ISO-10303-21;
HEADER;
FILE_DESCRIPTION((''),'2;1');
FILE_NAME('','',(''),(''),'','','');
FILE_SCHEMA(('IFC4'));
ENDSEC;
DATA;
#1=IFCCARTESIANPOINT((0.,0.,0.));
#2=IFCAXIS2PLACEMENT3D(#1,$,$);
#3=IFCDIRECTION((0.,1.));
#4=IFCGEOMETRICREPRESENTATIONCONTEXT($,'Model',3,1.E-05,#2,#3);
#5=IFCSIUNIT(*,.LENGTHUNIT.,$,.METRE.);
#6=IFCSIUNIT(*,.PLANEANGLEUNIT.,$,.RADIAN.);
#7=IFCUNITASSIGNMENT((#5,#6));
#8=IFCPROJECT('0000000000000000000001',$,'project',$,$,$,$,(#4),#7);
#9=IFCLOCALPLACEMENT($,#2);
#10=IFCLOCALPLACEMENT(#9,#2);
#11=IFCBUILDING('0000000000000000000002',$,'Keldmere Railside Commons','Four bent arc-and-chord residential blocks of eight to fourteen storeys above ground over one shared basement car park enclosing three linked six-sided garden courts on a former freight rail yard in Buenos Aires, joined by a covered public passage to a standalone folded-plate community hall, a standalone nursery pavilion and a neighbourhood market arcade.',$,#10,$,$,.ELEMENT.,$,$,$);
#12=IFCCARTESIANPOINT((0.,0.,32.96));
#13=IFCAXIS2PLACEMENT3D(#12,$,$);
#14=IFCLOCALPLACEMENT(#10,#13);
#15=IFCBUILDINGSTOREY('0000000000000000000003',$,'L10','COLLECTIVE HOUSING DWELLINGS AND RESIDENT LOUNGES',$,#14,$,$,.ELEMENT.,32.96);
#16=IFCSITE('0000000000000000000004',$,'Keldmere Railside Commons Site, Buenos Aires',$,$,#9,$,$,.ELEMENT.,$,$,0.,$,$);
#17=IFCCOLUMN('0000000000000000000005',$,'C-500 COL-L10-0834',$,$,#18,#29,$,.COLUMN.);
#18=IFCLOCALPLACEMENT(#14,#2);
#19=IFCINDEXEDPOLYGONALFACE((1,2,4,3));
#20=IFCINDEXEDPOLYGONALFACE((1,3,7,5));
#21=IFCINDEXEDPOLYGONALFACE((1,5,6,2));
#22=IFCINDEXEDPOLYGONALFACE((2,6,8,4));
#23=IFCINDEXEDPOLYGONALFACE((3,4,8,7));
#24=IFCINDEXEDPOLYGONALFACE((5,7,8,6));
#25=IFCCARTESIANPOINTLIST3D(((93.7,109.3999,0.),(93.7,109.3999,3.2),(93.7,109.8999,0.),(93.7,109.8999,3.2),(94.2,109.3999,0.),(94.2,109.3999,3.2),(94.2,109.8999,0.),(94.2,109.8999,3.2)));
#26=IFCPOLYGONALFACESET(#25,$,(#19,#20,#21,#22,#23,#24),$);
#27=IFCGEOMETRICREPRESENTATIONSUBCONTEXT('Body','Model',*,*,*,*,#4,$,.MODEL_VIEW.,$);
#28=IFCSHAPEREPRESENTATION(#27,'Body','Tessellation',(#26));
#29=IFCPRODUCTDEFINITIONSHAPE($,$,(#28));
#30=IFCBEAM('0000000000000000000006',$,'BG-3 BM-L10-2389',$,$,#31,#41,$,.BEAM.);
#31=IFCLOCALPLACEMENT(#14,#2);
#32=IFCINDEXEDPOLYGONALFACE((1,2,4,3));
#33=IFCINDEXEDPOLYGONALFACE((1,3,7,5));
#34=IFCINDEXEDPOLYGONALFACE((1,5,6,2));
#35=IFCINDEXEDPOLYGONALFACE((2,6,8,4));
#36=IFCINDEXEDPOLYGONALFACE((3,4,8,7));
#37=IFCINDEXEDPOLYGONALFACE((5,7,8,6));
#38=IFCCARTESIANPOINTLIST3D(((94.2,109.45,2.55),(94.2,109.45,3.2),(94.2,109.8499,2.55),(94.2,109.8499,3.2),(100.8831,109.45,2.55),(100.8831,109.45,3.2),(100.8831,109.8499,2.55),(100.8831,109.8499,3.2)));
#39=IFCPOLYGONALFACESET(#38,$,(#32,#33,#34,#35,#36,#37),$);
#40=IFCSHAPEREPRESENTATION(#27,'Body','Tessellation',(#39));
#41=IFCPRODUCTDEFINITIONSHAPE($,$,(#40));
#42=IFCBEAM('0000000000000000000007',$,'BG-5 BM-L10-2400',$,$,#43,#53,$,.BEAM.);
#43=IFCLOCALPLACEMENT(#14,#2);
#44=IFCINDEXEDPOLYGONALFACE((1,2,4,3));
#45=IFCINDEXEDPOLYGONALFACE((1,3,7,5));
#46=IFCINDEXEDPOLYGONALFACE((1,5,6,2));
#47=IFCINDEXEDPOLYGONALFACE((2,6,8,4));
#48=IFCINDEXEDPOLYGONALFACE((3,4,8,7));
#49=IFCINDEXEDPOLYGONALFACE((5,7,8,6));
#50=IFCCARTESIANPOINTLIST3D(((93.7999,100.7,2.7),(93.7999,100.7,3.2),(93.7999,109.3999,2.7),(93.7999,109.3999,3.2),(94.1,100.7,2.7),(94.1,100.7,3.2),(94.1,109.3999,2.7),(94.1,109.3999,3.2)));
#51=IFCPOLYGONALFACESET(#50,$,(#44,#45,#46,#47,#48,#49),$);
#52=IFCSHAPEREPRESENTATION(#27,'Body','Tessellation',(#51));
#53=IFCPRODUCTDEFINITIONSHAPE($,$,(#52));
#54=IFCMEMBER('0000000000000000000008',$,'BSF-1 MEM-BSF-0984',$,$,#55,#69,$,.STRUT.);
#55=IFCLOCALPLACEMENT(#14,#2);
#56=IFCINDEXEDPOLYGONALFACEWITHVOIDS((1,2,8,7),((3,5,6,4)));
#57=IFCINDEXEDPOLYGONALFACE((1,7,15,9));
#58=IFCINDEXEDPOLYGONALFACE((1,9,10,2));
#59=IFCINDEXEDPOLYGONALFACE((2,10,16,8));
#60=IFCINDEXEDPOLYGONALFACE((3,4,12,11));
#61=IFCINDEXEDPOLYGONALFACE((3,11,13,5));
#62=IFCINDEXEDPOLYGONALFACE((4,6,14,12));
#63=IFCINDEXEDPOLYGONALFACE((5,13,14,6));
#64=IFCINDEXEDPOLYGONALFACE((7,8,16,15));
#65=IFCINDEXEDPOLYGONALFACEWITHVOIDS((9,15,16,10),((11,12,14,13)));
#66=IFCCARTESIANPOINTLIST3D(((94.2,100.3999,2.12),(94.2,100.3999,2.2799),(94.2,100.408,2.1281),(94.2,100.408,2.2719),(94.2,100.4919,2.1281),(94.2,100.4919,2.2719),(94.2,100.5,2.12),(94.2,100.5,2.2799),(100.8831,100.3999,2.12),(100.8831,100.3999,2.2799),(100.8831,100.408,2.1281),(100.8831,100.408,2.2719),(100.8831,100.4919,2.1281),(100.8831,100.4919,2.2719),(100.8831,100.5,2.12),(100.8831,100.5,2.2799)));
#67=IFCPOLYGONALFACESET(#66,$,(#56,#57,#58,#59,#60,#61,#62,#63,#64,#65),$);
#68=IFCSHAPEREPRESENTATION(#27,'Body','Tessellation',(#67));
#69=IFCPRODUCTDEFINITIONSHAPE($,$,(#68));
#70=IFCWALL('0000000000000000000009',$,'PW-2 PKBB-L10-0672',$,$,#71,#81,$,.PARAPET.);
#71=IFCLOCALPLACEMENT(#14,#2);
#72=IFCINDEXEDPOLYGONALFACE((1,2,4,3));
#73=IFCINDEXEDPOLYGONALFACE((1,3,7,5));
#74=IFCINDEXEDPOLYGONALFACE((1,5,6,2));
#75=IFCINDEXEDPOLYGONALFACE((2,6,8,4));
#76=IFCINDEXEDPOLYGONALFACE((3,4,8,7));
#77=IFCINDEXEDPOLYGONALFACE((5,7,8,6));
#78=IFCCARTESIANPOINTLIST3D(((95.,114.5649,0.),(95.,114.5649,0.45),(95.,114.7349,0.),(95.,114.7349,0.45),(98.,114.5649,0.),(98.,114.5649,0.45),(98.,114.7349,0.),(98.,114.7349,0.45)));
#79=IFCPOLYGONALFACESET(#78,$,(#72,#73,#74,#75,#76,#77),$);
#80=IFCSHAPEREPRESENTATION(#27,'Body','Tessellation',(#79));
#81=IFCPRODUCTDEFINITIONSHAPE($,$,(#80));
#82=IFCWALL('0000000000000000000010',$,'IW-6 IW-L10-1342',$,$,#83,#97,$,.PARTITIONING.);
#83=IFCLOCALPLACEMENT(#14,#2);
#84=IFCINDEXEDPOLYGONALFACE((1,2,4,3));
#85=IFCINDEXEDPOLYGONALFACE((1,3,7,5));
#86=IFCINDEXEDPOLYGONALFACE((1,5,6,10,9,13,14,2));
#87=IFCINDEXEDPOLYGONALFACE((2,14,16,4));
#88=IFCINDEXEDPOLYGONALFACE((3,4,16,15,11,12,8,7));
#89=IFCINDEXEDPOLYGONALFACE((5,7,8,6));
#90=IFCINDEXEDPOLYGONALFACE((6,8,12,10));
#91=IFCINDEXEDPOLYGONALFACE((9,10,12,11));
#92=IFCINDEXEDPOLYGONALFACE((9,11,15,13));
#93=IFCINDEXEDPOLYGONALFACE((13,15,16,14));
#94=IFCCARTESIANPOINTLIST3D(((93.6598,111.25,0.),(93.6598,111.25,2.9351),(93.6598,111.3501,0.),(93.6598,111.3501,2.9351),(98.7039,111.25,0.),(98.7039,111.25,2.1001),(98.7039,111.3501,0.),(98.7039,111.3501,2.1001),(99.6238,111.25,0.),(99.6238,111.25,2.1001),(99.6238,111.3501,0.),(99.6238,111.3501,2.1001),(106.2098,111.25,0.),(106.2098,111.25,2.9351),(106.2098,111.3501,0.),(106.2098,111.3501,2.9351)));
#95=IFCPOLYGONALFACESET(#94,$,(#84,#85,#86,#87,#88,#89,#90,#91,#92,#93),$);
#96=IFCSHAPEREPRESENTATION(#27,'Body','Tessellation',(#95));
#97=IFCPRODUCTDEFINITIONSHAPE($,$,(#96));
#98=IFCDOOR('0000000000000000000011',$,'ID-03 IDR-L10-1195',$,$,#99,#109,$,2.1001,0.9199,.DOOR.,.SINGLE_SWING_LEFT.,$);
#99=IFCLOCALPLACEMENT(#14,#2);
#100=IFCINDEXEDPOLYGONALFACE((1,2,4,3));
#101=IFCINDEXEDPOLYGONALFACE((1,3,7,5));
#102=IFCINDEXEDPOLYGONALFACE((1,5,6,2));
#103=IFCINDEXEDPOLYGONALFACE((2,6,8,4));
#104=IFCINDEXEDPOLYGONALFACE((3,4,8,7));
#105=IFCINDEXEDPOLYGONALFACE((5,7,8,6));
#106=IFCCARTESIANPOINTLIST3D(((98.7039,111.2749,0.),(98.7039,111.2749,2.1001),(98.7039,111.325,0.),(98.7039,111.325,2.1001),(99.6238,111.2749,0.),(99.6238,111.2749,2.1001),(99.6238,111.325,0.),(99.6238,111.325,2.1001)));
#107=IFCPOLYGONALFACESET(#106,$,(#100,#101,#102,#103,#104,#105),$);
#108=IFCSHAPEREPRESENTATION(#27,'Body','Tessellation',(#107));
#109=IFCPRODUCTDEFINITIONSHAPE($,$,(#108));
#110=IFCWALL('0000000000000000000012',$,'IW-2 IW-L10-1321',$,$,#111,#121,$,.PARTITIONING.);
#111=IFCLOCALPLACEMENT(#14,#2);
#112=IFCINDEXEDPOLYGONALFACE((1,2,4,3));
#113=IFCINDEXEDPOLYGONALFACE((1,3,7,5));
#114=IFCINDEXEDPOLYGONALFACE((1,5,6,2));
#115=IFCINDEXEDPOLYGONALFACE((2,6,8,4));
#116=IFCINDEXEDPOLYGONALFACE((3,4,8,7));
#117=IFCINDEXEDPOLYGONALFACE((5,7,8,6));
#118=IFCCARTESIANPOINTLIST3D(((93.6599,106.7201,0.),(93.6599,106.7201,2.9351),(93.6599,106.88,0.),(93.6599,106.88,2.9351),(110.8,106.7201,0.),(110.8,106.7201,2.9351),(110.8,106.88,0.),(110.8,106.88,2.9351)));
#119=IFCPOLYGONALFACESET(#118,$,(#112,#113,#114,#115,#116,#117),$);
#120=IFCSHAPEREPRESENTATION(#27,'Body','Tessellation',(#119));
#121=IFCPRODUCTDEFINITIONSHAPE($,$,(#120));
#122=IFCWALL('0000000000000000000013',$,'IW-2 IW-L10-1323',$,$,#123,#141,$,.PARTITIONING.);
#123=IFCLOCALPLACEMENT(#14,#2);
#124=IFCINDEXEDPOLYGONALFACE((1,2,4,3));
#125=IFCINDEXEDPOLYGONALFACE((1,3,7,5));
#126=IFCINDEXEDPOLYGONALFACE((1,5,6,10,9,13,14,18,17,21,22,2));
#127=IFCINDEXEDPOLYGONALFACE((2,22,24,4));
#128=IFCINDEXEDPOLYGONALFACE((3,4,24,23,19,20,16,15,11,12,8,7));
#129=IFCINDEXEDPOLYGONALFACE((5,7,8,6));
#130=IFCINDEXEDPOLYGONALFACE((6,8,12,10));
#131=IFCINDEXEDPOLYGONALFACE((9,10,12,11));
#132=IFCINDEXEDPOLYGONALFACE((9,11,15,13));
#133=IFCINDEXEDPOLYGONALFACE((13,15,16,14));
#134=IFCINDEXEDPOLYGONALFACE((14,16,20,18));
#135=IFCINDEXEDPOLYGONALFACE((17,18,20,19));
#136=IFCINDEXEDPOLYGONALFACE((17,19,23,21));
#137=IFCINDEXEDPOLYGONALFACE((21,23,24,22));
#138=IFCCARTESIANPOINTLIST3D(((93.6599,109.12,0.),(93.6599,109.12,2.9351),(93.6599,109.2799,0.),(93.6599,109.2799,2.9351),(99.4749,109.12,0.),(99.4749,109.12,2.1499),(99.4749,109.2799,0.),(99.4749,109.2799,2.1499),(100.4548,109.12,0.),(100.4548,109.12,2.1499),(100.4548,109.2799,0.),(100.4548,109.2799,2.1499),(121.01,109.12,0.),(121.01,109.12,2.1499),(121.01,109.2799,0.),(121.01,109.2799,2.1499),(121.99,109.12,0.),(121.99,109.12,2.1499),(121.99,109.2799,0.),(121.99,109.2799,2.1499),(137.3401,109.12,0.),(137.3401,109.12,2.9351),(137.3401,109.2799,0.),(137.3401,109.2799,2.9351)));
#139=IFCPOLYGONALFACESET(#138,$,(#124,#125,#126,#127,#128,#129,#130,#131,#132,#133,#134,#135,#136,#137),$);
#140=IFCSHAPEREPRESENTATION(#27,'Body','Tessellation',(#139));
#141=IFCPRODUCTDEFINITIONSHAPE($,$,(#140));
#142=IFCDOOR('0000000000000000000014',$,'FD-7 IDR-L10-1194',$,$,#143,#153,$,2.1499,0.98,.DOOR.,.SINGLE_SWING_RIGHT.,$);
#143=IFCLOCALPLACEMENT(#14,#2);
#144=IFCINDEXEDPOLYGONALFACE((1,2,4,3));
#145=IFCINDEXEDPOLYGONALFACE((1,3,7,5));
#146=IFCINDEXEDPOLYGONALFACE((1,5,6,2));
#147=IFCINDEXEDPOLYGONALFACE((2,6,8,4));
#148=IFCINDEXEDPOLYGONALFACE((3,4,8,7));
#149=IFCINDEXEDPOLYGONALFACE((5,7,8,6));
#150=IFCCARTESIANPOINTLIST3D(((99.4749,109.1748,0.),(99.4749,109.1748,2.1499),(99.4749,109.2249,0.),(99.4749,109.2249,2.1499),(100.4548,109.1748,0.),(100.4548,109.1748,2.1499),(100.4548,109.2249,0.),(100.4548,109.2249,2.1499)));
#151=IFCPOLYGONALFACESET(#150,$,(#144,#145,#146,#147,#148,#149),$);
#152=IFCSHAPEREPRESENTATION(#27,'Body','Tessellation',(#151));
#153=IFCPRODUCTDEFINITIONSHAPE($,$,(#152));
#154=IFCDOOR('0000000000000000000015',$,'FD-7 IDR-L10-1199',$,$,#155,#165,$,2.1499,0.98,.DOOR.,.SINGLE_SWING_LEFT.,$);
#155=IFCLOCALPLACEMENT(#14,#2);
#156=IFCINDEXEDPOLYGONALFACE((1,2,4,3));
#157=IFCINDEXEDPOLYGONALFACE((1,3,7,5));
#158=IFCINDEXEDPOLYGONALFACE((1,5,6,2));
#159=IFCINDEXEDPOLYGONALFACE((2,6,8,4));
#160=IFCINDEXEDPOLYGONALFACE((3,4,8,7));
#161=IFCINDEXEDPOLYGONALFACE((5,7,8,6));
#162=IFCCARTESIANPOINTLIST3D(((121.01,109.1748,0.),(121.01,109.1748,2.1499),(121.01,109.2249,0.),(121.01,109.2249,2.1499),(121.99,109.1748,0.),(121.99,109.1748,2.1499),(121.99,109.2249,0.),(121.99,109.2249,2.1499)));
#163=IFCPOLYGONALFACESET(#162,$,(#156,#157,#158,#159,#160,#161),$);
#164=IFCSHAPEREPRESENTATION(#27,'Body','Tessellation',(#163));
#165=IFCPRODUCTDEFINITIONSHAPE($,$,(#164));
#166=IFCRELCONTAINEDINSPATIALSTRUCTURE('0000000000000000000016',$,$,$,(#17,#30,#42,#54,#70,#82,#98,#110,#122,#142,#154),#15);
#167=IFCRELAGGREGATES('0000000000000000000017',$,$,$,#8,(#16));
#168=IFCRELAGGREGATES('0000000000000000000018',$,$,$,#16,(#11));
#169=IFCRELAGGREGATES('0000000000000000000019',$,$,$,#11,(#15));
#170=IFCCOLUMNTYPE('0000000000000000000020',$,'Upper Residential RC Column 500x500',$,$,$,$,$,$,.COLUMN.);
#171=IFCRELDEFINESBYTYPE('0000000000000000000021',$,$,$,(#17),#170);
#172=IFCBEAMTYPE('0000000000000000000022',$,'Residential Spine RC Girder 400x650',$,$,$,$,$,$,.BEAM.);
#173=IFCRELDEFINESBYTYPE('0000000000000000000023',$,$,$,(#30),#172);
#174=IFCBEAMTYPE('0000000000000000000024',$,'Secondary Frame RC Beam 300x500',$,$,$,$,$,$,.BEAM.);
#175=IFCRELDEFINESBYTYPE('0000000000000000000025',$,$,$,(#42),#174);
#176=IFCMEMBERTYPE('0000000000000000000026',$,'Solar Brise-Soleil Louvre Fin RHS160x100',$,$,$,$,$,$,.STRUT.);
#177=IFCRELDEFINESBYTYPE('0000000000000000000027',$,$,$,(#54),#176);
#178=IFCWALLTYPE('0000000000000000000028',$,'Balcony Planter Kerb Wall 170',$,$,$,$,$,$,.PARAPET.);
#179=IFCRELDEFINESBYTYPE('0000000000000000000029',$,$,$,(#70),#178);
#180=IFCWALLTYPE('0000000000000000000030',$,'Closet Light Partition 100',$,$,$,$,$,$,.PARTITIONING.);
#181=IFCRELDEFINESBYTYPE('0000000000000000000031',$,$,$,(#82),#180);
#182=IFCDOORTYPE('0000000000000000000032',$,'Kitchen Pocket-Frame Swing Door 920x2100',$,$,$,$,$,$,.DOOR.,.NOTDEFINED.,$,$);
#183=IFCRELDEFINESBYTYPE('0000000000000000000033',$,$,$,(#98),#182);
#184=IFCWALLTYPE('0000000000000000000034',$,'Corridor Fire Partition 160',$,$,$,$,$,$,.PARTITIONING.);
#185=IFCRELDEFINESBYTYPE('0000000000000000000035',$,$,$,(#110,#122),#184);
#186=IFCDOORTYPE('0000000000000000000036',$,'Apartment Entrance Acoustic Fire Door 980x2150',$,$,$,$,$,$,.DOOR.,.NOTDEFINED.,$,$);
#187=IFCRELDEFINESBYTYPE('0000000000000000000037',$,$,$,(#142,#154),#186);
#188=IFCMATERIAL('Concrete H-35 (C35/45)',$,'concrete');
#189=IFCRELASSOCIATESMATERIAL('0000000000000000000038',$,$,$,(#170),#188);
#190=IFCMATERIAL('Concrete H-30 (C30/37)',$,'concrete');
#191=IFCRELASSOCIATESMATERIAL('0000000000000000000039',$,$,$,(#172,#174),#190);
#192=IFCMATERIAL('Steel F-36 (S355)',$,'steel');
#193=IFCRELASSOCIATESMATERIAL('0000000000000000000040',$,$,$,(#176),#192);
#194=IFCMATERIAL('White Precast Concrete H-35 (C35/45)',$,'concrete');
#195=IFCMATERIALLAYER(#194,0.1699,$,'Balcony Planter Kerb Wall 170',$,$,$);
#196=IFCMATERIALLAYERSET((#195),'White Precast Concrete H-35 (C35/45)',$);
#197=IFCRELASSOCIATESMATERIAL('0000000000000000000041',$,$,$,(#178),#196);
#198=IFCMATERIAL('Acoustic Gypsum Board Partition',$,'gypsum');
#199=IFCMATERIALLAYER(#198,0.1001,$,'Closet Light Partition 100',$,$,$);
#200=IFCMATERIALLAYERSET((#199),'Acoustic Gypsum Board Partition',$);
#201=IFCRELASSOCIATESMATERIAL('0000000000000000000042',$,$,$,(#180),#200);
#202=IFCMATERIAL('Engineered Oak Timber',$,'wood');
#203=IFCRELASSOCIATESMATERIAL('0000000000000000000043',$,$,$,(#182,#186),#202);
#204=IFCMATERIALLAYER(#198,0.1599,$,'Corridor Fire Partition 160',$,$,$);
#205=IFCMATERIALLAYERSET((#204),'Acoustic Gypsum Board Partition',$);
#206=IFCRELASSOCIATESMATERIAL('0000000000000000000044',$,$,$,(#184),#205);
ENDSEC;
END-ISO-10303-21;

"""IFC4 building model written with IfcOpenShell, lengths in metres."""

from ifc_helpers import new_model, si_unit, direction, frame, frame_2d, origin, origin_2d, place, context, subcontext, project, spatial, rectangle, hollow_rectangle, extrude, material, layer, layer_set, material_profile, profile_set, type_object, element, fill, save


model = new_model("IFC4")

# Units and contexts
model_context = context("Model", 3, precision=1e-05, world=origin(), true_north=direction((0.0, 1.0)))
body_context = subcontext(model_context, "Body", "Model", "MODEL_VIEW")
ifc_project = project(units=[si_unit("LENGTHUNIT", "METRE"), si_unit("PLANEANGLEUNIT", "RADIAN")], contexts=[model_context])

# Site, building, storey
site_placement = place(None, origin())
site = spatial("IfcSite", under=ifc_project, at=site_placement, Name="Keldmere Railside Commons Site, Buenos Aires", CompositionType="ELEMENT", RefElevation=0.0)
building_placement = place(site_placement, origin())
building = spatial("IfcBuilding", under=site, at=building_placement, Name="Keldmere Railside Commons", Description="Four bent arc-and-chord residential blocks of eight to fourteen storeys above ground over one shared basement car park enclosing three linked six-sided garden courts on a former freight rail yard in Buenos Aires, joined by a covered public passage to a standalone folded-plate community hall, a standalone nursery pavilion and a neighbourhood market arcade.", CompositionType="ELEMENT")
storey_placement = place(building_placement, frame((0.0, 0.0, 32.96)))
storey = spatial("IfcBuildingStorey", under=building, at=storey_placement, Name="L10", Description="COLLECTIVE HOUSING DWELLINGS AND RESIDENT LOUNGES", CompositionType="ELEMENT", Elevation=32.96)

# Column
ifc_material_1 = material(Name="Concrete H-35 (C35/45)", Category="concrete")
ifc_material_profile_1 = material_profile(ifc_material_1, rectangle(XDim=0.5, YDim=0.5, at=origin_2d()), Name="RC-500x500")
ifc_profile_set_1 = profile_set([ifc_material_profile_1], Name="Concrete H-35 (C35/45)")
column_type = type_object("IfcColumnType", Name="Upper Residential RC Column 500x500", PredefinedType="COLUMN", material=ifc_profile_set_1)
column_placement = place(storey_placement, frame((93.95, 109.6499, 0.0), z_axis=(0.0, 0.0, 1.0), x_axis=(1.0, 0.0, 0.0)))
element("IfcColumn", 1, at=column_placement, inside=storey, type_object=column_type, Name="C-500 COL-L10-0834", PredefinedType="COLUMN", context=body_context, shape_type="SweptSolid", body=[
    extrude(rectangle(XDim=0.5, YDim=0.5, at=origin_2d()), origin(), (0.0, 0.0, 1.0), 3.2),
])

# Beams
ifc_material_2 = material(Name="Concrete H-30 (C30/37)", Category="concrete")
ifc_material_profile_2 = material_profile(ifc_material_2, rectangle(XDim=0.3999, YDim=0.6499, at=origin_2d()), Name="RC-400x650")
ifc_profile_set_2 = profile_set([ifc_material_profile_2], Name="Concrete H-30 (C30/37)")
beam_type_1 = type_object("IfcBeamType", Name="Residential Spine RC Girder 400x650", PredefinedType="BEAM", material=ifc_profile_set_2)
beam_1_placement = place(storey_placement, frame((94.2, 109.6499, 2.875), z_axis=(1.0, 0.0, 0.0), x_axis=(0.0, 1.0, 0.0)))
element("IfcBeam", 2, at=beam_1_placement, inside=storey, type_object=beam_type_1, Name="BG-3 BM-L10-2389", PredefinedType="BEAM", context=body_context, shape_type="SweptSolid", body=[
    extrude(rectangle(XDim=0.3999, YDim=0.6499, at=origin_2d()), origin(), (0.0, 0.0, 1.0), 6.6831),
])
ifc_material_profile_3 = material_profile(ifc_material_2, rectangle(XDim=0.3, YDim=0.5, at=origin_2d()), Name="RC-300x500")
ifc_profile_set_3 = profile_set([ifc_material_profile_3], Name="Concrete H-30 (C30/37)")
beam_type_2 = type_object("IfcBeamType", Name="Secondary Frame RC Beam 300x500", PredefinedType="BEAM", material=ifc_profile_set_3)
beam_2_placement = place(storey_placement, frame((93.95, 100.7, 2.95), z_axis=(0.0, 1.0, 0.0), x_axis=(-1.0, 0.0, 0.0)))
element("IfcBeam", 3, at=beam_2_placement, inside=storey, type_object=beam_type_2, Name="BG-5 BM-L10-2400", PredefinedType="BEAM", context=body_context, shape_type="SweptSolid", body=[
    extrude(rectangle(XDim=0.3, YDim=0.5, at=origin_2d()), origin(), (0.0, 0.0, 1.0), 8.7),
])

# Member
ifc_material_3 = material(Name="Steel F-36 (S355)", Category="steel")
ifc_material_profile_4 = material_profile(ifc_material_3, hollow_rectangle(XDim=0.1001, YDim=0.1599, WallThickness=0.0081, at=origin_2d()), Name="RHS-160x100x8")
ifc_profile_set_4 = profile_set([ifc_material_profile_4], Name="Steel F-36 (S355)")
member_type = type_object("IfcMemberType", Name="Solar Brise-Soleil Louvre Fin RHS160x100", PredefinedType="STRUT", material=ifc_profile_set_4)
member_placement = place(storey_placement, frame((94.2, 100.45, 2.2), z_axis=(1.0, 0.0, 0.0), x_axis=(0.0, 1.0, 0.0)))
element("IfcMember", 4, at=member_placement, inside=storey, type_object=member_type, Name="BSF-1 MEM-BSF-0984", PredefinedType="STRUT", context=body_context, shape_type="SweptSolid", body=[
    extrude(hollow_rectangle(XDim=0.1001, YDim=0.1599, WallThickness=0.0081, at=origin_2d()), origin(), (0.0, 0.0, 1.0), 6.6831),
])

# Wall
ifc_material_4 = material(Name="White Precast Concrete H-35 (C35/45)", Category="concrete")
ifc_layer_1 = layer(ifc_material_4, 0.1699, Name="Balcony Planter Kerb Wall 170")
ifc_layer_set_1 = layer_set([ifc_layer_1], Name="White Precast Concrete H-35 (C35/45)")
wall_type_1 = type_object("IfcWallType", Name="Balcony Planter Kerb Wall 170", PredefinedType="PARAPET", material=ifc_layer_set_1)
wall_1_placement = place(storey_placement, frame((95.0, 114.6499, 0.0), z_axis=(0.0, 0.0, 1.0), x_axis=(1.0, 0.0, 0.0)))
element("IfcWall", 5, at=wall_1_placement, inside=storey, type_object=wall_type_1, Name="PW-2 PKBB-L10-0672", PredefinedType="PARAPET", context=body_context, shape_type="SweptSolid", body=[
    extrude(rectangle(XDim=3.0, YDim=0.1699, at=frame_2d((1.5, 0.0))), origin(), (0.0, 0.0, 1.0), 0.45),
])

# Wall, opening, door
ifc_material_5 = material(Name="Acoustic Gypsum Board Partition", Category="gypsum")
ifc_layer_2 = layer(ifc_material_5, 0.1001, Name="Closet Light Partition 100")
ifc_layer_set_2 = layer_set([ifc_layer_2], Name="Acoustic Gypsum Board Partition")
wall_type_2 = type_object("IfcWallType", Name="Closet Light Partition 100", PredefinedType="PARTITIONING", material=ifc_layer_set_2)
wall_2_placement = place(storey_placement, frame((93.6599, 111.3, 0.0), z_axis=(0.0, 0.0, 1.0), x_axis=(1.0, 0.0, 0.0)))
wall_2 = element("IfcWall", 6, at=wall_2_placement, inside=storey, type_object=wall_type_2, Name="IW-6 IW-L10-1342", PredefinedType="PARTITIONING", context=body_context, shape_type="SweptSolid", body=[
    extrude(rectangle(XDim=12.55, YDim=0.1001, at=frame_2d((6.2749, 0.0))), origin(), (0.0, 0.0, 1.0), 2.9351),
])
opening_1_placement = place(wall_2_placement, frame((5.0439, 0.0, 0.0)))
opening_1 = element("IfcOpeningElement", 7, at=opening_1_placement, cuts=wall_2, PredefinedType="OPENING", context=body_context, shape_type="SweptSolid", body=[
    extrude(rectangle(XDim=0.9199, YDim=2.1001, at=frame_2d((0.46, 1.05))), frame((0.0, 0.0601, 0.0), z_axis=(0.0, -1.0, 0.0), x_axis=(1.0, 0.0, 0.0)), (0.0, 0.0, 1.0), 0.1201),
])
ifc_material_6 = material(Name="Engineered Oak Timber", Category="wood")
door_type_1 = type_object("IfcDoorType", Name="Kitchen Pocket-Frame Swing Door 920x2100", OperationType="NOTDEFINED", PredefinedType="DOOR", material=ifc_material_6)
door_1_placement = place(opening_1_placement, origin())
door_1 = element("IfcDoor", 8, at=door_1_placement, inside=storey, type_object=door_type_1, Name="ID-03 IDR-L10-1195", OperationType="SINGLE_SWING_LEFT", OverallHeight=2.1001, OverallWidth=0.9199, PredefinedType="DOOR", context=body_context, shape_type="SweptSolid", body=[
    extrude(rectangle(XDim=0.9199, YDim=2.1001, at=frame_2d((0.46, 1.05))), frame((0.0, 0.0249, 0.0), z_axis=(0.0, -1.0, 0.0), x_axis=(1.0, 0.0, 0.0)), (0.0, 0.0, 1.0), 0.05),
])
fill(opening_1, door_1)

# Wall
ifc_layer_3 = layer(ifc_material_5, 0.1599, Name="Corridor Fire Partition 160")
ifc_layer_set_3 = layer_set([ifc_layer_3], Name="Acoustic Gypsum Board Partition")
wall_type_3 = type_object("IfcWallType", Name="Corridor Fire Partition 160", PredefinedType="PARTITIONING", material=ifc_layer_set_3)
wall_3_placement = place(storey_placement, frame((93.6599, 106.8, 0.0), z_axis=(0.0, 0.0, 1.0), x_axis=(1.0, 0.0, 0.0)))
element("IfcWall", 9, at=wall_3_placement, inside=storey, type_object=wall_type_3, Name="IW-2 IW-L10-1321", PredefinedType="PARTITIONING", context=body_context, shape_type="SweptSolid", body=[
    extrude(rectangle(XDim=17.1401, YDim=0.1599, at=frame_2d((8.5701, 0.0))), origin(), (0.0, 0.0, 1.0), 2.9351),
])

# Wall, openings, doors
wall_4_placement = place(storey_placement, frame((93.6599, 109.2, 0.0), z_axis=(0.0, 0.0, 1.0), x_axis=(1.0, 0.0, 0.0)))
wall_4 = element("IfcWall", 10, at=wall_4_placement, inside=storey, type_object=wall_type_3, Name="IW-2 IW-L10-1323", PredefinedType="PARTITIONING", context=body_context, shape_type="SweptSolid", body=[
    extrude(rectangle(XDim=43.6802, YDim=0.1599, at=frame_2d((21.8401, 0.0))), origin(), (0.0, 0.0, 1.0), 2.9351),
])
opening_2_placement = place(wall_4_placement, frame((5.8149, 0.0, 0.0)))
opening_2 = element("IfcOpeningElement", 11, at=opening_2_placement, cuts=wall_4, PredefinedType="OPENING", context=body_context, shape_type="SweptSolid", body=[
    extrude(rectangle(XDim=0.98, YDim=2.1499, at=frame_2d((0.49, 1.075))), frame((0.0, 0.0898, 0.0), z_axis=(0.0, -1.0, 0.0), x_axis=(1.0, 0.0, 0.0)), (0.0, 0.0, 1.0), 0.1799),
])
opening_3_placement = place(wall_4_placement, frame((27.3501, 0.0, 0.0)))
opening_3 = element("IfcOpeningElement", 12, at=opening_3_placement, cuts=wall_4, PredefinedType="OPENING", context=body_context, shape_type="SweptSolid", body=[
    extrude(rectangle(XDim=0.98, YDim=2.1499, at=frame_2d((0.49, 1.075))), frame((0.0, 0.0898, 0.0), z_axis=(0.0, -1.0, 0.0), x_axis=(1.0, 0.0, 0.0)), (0.0, 0.0, 1.0), 0.1799),
])
door_type_2 = type_object("IfcDoorType", Name="Apartment Entrance Acoustic Fire Door 980x2150", OperationType="NOTDEFINED", PredefinedType="DOOR", material=ifc_material_6)
door_2_placement = place(opening_2_placement, origin())
door_2 = element("IfcDoor", 13, at=door_2_placement, inside=storey, type_object=door_type_2, Name="FD-7 IDR-L10-1194", OperationType="SINGLE_SWING_RIGHT", OverallHeight=2.1499, OverallWidth=0.98, PredefinedType="DOOR", context=body_context, shape_type="SweptSolid", body=[
    extrude(rectangle(XDim=0.98, YDim=2.1499, at=frame_2d((0.49, 1.075))), frame((0.0, 0.0249, 0.0), z_axis=(0.0, -1.0, 0.0), x_axis=(1.0, 0.0, 0.0)), (0.0, 0.0, 1.0), 0.05),
])
fill(opening_2, door_2)
door_3_placement = place(opening_3_placement, origin())
door_3 = element("IfcDoor", 14, at=door_3_placement, inside=storey, type_object=door_type_2, Name="FD-7 IDR-L10-1199", OperationType="SINGLE_SWING_LEFT", OverallHeight=2.1499, OverallWidth=0.98, PredefinedType="DOOR", context=body_context, shape_type="SweptSolid", body=[
    extrude(rectangle(XDim=0.98, YDim=2.1499, at=frame_2d((0.49, 1.075))), frame((0.0, 0.0249, 0.0), z_axis=(0.0, -1.0, 0.0), x_axis=(1.0, 0.0, 0.0)), (0.0, 0.0, 1.0), 0.05),
])
fill(opening_3, door_3)

save(model, "model.ifc")
